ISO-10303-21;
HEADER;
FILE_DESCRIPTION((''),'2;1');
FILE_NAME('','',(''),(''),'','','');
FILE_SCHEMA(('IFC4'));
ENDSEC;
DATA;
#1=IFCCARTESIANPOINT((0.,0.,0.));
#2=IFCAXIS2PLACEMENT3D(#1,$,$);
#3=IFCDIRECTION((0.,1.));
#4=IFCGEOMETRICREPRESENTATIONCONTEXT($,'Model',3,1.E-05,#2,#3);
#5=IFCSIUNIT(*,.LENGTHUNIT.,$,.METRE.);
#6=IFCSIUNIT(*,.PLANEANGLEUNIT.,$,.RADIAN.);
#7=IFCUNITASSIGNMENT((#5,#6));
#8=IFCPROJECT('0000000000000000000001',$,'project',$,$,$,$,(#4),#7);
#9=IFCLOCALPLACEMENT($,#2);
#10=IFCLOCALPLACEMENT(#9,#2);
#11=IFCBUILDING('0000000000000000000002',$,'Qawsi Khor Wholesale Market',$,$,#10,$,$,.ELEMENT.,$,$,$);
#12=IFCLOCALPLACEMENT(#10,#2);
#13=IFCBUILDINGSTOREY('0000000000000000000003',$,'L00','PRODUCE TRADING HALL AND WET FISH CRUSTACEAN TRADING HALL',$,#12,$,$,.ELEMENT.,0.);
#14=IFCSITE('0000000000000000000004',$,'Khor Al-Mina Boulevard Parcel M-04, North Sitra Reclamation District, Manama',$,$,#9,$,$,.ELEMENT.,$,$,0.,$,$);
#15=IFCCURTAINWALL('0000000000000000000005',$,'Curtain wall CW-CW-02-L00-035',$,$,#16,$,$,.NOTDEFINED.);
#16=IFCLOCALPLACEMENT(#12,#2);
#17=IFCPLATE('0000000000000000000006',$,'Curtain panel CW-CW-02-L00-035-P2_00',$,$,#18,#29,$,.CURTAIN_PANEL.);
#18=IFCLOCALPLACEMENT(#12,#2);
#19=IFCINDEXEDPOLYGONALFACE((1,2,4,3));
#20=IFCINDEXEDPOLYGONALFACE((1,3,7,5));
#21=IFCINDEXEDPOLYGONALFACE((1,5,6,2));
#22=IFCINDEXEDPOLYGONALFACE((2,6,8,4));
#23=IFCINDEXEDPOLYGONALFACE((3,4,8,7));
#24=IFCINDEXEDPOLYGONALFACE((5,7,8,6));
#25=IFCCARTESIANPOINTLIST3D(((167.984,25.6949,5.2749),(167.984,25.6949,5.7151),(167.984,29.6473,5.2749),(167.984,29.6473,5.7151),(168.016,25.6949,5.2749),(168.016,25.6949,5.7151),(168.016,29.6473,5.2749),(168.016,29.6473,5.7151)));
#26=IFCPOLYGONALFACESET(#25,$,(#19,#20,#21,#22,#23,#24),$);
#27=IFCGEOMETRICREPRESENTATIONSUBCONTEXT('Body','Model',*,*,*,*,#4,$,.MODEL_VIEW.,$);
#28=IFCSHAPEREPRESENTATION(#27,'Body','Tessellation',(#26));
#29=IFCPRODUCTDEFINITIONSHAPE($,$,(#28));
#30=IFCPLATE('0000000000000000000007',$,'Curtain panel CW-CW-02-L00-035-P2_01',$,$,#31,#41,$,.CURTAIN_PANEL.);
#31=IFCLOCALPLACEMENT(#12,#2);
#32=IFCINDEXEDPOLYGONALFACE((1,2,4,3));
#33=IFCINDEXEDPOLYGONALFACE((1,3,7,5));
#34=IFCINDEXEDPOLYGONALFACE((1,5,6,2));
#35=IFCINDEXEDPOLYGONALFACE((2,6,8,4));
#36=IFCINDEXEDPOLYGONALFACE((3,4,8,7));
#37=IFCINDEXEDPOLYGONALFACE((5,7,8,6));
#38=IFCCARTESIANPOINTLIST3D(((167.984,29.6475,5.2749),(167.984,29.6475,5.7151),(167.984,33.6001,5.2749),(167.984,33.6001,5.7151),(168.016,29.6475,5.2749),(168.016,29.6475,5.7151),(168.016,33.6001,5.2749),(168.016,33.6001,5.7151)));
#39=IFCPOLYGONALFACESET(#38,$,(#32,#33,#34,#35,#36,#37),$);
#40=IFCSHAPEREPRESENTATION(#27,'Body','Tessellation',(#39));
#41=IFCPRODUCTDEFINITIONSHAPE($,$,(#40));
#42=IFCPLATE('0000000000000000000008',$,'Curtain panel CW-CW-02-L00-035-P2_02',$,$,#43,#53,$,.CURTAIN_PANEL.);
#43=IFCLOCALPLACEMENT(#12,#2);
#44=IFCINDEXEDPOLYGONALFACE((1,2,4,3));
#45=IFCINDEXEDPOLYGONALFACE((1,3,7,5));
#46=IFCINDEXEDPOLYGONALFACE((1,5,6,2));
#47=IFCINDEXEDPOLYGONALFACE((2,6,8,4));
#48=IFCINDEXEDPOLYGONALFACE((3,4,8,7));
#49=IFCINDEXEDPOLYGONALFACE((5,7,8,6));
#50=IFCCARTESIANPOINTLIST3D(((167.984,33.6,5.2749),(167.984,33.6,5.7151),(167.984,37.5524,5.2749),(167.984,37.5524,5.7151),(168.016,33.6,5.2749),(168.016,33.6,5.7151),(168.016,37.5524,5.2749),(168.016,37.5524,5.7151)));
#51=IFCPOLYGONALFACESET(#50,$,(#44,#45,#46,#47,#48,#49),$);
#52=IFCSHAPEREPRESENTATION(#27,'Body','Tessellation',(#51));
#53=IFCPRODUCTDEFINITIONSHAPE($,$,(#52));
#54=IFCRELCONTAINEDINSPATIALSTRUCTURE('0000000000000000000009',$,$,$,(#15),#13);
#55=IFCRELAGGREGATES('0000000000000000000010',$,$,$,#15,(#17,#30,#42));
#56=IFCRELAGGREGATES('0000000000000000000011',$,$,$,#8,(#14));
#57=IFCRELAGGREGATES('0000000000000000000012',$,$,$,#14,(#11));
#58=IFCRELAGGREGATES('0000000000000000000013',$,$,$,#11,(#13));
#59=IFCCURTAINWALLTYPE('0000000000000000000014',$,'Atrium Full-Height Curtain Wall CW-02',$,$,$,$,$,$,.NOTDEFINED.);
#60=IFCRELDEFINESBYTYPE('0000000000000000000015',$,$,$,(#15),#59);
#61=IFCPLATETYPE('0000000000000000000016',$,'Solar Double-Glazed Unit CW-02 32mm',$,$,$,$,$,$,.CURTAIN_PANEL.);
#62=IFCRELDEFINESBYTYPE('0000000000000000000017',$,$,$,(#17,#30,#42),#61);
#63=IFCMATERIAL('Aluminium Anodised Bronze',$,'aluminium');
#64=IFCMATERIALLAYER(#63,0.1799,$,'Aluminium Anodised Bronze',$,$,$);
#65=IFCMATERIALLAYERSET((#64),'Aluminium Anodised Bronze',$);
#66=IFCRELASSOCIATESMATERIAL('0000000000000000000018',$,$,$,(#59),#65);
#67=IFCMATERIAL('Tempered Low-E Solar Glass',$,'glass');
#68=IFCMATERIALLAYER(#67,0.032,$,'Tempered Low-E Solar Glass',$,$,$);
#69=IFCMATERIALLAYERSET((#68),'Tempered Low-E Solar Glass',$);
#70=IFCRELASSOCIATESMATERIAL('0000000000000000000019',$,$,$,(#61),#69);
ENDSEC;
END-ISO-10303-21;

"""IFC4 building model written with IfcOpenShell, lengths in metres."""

from ifc_helpers import new_model, si_unit, direction, frame, frame_2d, origin, place, context, subcontext, project, spatial, rectangle, extrude, material, layer, layer_set, type_object, element, aggregate, save


model = new_model("IFC4")

# Units and contexts
model_context = context("Model", 3, precision=1e-05, world=origin(), true_north=direction((0.0, 1.0)))
body_context = subcontext(model_context, "Body", "Model", "MODEL_VIEW")
ifc_project = project(units=[si_unit("LENGTHUNIT", "METRE"), si_unit("PLANEANGLEUNIT", "RADIAN")], contexts=[model_context])

# Site, building, storey
site_placement = place(None, origin())
site = spatial("IfcSite", under=ifc_project, at=site_placement, Name="Khor Al-Mina Boulevard Parcel M-04, North Sitra Reclamation District, Manama", CompositionType="ELEMENT", RefElevation=0.0)
building_placement = place(site_placement, origin())
building = spatial("IfcBuilding", under=site, at=building_placement, Name="Qawsi Khor Wholesale Market", CompositionType="ELEMENT")
storey_placement = place(building_placement, origin())
storey = spatial("IfcBuildingStorey", under=building, at=storey_placement, Name="L00", Description="PRODUCE TRADING HALL AND WET FISH CRUSTACEAN TRADING HALL", CompositionType="ELEMENT", Elevation=0.0)

# Shared definitions
ifc_material_1 = material(Name="Aluminium Anodised Bronze", Category="aluminium")
ifc_layer_1 = layer(ifc_material_1, 0.1799, Name="Aluminium Anodised Bronze")
ifc_layer_set_1 = layer_set([ifc_layer_1], Name="Aluminium Anodised Bronze")
curtain_wall_type = type_object("IfcCurtainWallType", Name="Atrium Full-Height Curtain Wall CW-02", PredefinedType="NOTDEFINED", material=ifc_layer_set_1)

# Curtain wall, plates
curtain_wall_1_placement = place(storey_placement, origin())
curtain_wall_1 = element("IfcCurtainWall", 1, at=curtain_wall_1_placement, inside=storey, type_object=curtain_wall_type, Name="Curtain wall CW-CW-02-L00-035", PredefinedType="NOTDEFINED")
ifc_material_2 = material(Name="Tempered Low-E Solar Glass", Category="glass")
ifc_layer_2 = layer(ifc_material_2, 0.032, Name="Tempered Low-E Solar Glass")
ifc_layer_set_2 = layer_set([ifc_layer_2], Name="Tempered Low-E Solar Glass")
plate_type_1 = type_object("IfcPlateType", Name="Solar Double-Glazed Unit CW-02 32mm", PredefinedType="CURTAIN_PANEL", material=ifc_layer_set_2)
plate_1_placement = place(storey_placement, frame((168.0, 25.6951, 5.2749), z_axis=(0.0, 0.0, 1.0), x_axis=(0.0, 1.0, 0.0)))
plate_1 = element("IfcPlate", 2, at=plate_1_placement, type_object=plate_type_1, Name="Curtain panel CW-CW-02-L00-035-P2_00", PredefinedType="CURTAIN_PANEL", context=body_context, shape_type="SweptSolid", body=[
    extrude(rectangle(XDim=3.9524, YDim=0.032, at=frame_2d((1.9761, 0.0))), origin(), (0.0, 0.0, 1.0), 0.4402),
])
plate_2_placement = place(storey_placement, frame((168.0, 29.6475, 5.2749), z_axis=(0.0, 0.0, 1.0), x_axis=(0.0, 1.0, 0.0)))
plate_2 = element("IfcPlate", 3, at=plate_2_placement, type_object=plate_type_1, Name="Curtain panel CW-CW-02-L00-035-P2_01", PredefinedType="CURTAIN_PANEL", context=body_context, shape_type="SweptSolid", body=[
    extrude(rectangle(XDim=3.9526, YDim=0.032, at=frame_2d((1.9763, 0.0))), origin(), (0.0, 0.0, 1.0), 0.4402),
])
plate_3_placement = place(storey_placement, frame((168.0, 33.6001, 5.2749), z_axis=(0.0, 0.0, 1.0), x_axis=(0.0, 1.0, 0.0)))
plate_3 = element("IfcPlate", 4, at=plate_3_placement, type_object=plate_type_1, Name="Curtain panel CW-CW-02-L00-035-P2_02", PredefinedType="CURTAIN_PANEL", context=body_context, shape_type="SweptSolid", body=[
    extrude(rectangle(XDim=3.9524, YDim=0.032, at=frame_2d((1.9761, 0.0))), origin(), (0.0, 0.0, 1.0), 0.4402),
])
aggregate(curtain_wall_1, [plate_1, plate_2, plate_3])

save(model, "model.ifc")
